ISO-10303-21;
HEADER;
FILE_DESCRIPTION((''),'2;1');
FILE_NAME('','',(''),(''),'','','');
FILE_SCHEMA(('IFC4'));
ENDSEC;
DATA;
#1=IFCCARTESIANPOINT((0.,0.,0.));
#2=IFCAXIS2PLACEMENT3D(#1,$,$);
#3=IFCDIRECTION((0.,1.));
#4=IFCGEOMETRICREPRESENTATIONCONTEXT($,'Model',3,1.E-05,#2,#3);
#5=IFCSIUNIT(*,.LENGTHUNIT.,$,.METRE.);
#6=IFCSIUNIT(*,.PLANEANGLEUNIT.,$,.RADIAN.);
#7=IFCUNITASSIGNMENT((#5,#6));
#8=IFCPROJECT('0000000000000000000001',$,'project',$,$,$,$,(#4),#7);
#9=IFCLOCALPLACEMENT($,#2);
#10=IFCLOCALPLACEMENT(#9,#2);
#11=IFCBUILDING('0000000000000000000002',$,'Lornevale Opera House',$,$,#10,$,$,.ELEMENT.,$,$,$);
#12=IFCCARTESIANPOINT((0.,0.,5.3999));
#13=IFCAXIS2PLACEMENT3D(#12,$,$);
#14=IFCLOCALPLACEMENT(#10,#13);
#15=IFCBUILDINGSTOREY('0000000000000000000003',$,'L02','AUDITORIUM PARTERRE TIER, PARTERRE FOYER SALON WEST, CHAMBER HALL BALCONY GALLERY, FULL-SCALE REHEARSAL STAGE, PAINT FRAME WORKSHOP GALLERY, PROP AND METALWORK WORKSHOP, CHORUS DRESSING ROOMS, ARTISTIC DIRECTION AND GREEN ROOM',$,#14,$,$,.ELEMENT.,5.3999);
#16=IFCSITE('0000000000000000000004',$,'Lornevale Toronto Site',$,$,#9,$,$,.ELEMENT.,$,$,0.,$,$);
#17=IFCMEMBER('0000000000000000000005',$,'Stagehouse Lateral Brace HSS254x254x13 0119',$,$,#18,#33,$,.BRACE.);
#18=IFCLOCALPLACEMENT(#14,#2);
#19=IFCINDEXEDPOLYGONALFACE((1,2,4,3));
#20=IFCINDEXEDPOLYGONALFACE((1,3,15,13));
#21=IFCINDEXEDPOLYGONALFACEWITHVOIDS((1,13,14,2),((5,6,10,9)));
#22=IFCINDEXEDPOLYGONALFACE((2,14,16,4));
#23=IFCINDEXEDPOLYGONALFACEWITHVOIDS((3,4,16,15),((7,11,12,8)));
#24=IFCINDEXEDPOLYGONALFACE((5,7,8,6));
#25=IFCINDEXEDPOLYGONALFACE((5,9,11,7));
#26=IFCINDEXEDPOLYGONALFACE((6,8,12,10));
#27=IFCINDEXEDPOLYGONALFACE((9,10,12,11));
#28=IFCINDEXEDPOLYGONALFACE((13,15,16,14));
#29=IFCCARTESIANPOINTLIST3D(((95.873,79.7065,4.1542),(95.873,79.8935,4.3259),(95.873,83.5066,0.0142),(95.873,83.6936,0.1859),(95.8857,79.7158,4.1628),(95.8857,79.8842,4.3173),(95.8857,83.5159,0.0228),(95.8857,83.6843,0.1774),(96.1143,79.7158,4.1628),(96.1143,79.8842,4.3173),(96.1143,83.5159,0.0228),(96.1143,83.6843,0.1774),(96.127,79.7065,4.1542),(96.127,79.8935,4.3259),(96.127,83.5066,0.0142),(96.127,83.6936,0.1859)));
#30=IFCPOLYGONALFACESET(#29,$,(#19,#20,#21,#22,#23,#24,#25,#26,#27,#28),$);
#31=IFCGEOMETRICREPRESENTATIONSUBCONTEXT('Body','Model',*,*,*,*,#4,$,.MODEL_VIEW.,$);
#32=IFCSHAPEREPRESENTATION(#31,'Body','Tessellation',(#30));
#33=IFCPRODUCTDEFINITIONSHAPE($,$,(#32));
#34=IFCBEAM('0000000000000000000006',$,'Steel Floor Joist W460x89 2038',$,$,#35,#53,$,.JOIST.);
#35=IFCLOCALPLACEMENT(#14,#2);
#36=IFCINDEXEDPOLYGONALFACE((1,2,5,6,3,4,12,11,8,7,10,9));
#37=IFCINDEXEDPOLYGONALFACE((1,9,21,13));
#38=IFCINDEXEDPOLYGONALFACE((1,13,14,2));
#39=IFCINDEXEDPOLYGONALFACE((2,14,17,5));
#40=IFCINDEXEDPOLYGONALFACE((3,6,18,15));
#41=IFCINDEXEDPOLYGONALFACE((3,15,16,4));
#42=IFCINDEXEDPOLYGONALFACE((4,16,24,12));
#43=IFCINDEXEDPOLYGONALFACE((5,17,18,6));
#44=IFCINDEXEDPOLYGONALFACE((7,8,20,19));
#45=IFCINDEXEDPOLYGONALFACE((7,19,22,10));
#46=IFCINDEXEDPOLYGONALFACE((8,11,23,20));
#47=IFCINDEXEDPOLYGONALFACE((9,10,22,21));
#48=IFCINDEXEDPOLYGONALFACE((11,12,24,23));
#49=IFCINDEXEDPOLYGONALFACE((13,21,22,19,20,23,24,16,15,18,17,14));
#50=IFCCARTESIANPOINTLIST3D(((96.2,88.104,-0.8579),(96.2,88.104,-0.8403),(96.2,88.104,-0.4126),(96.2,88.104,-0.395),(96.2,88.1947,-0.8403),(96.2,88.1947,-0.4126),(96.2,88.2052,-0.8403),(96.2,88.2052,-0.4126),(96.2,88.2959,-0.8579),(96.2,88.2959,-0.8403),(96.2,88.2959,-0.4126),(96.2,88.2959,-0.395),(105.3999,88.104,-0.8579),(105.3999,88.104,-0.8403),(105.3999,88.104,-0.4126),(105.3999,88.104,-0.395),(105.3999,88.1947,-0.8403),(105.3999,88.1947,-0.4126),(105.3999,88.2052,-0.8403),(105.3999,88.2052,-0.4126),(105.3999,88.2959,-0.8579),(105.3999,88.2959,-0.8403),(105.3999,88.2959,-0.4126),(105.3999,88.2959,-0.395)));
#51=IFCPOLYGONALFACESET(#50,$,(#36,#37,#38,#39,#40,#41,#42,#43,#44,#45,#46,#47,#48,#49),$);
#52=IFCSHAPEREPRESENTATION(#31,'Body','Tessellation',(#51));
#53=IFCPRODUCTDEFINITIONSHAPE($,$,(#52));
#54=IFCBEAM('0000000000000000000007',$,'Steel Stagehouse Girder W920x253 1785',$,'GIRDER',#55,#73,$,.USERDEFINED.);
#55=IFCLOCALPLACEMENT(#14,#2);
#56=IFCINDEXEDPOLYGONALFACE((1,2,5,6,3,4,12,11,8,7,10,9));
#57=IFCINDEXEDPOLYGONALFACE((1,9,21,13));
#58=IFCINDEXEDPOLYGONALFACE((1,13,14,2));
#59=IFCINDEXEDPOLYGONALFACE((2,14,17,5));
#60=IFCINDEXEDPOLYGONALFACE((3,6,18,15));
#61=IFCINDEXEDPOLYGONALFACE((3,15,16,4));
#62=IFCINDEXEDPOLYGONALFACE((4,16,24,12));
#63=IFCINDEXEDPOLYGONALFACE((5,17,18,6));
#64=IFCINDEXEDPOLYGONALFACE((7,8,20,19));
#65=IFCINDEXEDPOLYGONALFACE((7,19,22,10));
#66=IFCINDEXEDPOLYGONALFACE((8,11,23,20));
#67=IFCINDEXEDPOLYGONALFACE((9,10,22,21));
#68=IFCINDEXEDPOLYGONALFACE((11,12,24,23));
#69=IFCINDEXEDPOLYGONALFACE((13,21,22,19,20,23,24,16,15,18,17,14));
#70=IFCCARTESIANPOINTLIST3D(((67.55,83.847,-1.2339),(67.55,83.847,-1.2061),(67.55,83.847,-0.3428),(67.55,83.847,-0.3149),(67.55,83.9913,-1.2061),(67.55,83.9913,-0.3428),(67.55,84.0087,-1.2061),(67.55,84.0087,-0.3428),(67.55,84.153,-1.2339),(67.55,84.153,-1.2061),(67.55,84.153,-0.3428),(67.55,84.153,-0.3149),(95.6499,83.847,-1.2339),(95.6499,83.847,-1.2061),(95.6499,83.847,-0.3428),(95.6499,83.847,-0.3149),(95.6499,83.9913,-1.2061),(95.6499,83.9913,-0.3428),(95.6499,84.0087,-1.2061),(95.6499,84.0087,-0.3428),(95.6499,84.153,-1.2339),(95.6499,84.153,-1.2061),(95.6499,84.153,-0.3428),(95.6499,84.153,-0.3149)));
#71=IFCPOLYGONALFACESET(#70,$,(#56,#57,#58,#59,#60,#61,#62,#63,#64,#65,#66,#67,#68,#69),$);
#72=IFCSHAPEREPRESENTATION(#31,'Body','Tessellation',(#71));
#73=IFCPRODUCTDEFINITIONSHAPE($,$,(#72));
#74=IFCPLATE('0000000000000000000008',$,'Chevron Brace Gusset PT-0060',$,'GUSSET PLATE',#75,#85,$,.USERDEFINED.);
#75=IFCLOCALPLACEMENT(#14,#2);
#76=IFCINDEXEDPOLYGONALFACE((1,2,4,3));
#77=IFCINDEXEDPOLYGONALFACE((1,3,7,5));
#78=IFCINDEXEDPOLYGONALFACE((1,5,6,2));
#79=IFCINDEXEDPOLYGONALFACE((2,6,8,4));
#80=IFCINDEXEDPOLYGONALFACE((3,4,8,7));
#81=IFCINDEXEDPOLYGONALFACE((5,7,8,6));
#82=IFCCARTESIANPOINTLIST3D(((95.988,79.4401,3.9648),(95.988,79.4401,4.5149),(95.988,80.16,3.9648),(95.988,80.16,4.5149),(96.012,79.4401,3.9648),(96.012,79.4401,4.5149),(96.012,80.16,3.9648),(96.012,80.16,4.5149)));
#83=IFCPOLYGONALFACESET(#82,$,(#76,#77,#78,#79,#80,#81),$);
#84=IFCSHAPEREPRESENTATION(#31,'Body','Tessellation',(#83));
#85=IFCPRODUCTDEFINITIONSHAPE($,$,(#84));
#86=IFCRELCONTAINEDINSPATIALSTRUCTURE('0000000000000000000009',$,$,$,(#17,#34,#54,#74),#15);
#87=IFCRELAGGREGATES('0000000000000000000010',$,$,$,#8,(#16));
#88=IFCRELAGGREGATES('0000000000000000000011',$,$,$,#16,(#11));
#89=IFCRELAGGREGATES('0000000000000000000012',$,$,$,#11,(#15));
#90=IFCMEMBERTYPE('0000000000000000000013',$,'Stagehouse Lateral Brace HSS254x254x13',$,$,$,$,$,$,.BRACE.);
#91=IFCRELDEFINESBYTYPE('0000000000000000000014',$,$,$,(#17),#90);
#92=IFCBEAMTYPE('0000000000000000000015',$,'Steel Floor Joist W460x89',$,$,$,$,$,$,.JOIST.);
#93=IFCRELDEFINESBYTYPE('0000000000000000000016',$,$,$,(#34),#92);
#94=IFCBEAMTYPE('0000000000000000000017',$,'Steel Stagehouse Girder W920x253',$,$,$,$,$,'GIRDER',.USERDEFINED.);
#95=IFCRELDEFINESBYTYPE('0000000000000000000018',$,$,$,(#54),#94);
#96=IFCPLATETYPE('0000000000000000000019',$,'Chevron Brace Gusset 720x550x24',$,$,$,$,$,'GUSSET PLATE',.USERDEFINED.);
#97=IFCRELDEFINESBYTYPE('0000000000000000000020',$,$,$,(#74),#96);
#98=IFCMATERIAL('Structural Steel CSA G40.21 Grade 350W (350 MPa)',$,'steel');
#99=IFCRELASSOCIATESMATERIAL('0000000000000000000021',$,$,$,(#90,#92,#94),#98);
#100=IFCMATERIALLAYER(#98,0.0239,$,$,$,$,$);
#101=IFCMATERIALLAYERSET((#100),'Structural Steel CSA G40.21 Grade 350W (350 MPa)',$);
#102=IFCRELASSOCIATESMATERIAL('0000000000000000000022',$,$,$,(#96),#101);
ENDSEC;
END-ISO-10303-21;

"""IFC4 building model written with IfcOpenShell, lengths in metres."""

from ifc_helpers import new_model, si_unit, direction, frame, origin, origin_2d, place, context, subcontext, project, spatial, rectangle, hollow_rectangle, i_section, extrude, material, layer, layer_set, material_profile, profile_set, type_object, element, save


model = new_model("IFC4")

# Units and contexts
model_context = context("Model", 3, precision=1e-05, world=origin(), true_north=direction((0.0, 1.0)))
body_context = subcontext(model_context, "Body", "Model", "MODEL_VIEW")
ifc_project = project(units=[si_unit("LENGTHUNIT", "METRE"), si_unit("PLANEANGLEUNIT", "RADIAN")], contexts=[model_context])

# Site, building, storey
site_placement = place(None, origin())
site = spatial("IfcSite", under=ifc_project, at=site_placement, Name="Lornevale Toronto Site", CompositionType="ELEMENT", RefElevation=0.0)
building_placement = place(site_placement, origin())
building = spatial("IfcBuilding", under=site, at=building_placement, Name="Lornevale Opera House", CompositionType="ELEMENT")
storey_placement = place(building_placement, frame((0.0, 0.0, 5.3999)))
storey = spatial("IfcBuildingStorey", under=building, at=storey_placement, Name="L02", Description="AUDITORIUM PARTERRE TIER, PARTERRE FOYER SALON WEST, CHAMBER HALL BALCONY GALLERY, FULL-SCALE REHEARSAL STAGE, PAINT FRAME WORKSHOP GALLERY, PROP AND METALWORK WORKSHOP, CHORUS DRESSING ROOMS, ARTISTIC DIRECTION AND GREEN ROOM", CompositionType="ELEMENT", Elevation=5.3999)

# Shared definitions
ifc_material_1 = material(Name="Structural Steel CSA G40.21 Grade 350W (350 MPa)", Category="steel")

# Member
ifc_material_profile_1 = material_profile(ifc_material_1, hollow_rectangle(XDim=0.2539, YDim=0.2539, WallThickness=0.0127, at=origin_2d()), Name="HSS254x254x13")
ifc_profile_set_1 = profile_set([ifc_material_profile_1], Name="Structural Steel CSA G40.21 Grade 350W (350 MPa)")
member_type = type_object("IfcMemberType", Name="Stagehouse Lateral Brace HSS254x254x13", PredefinedType="BRACE", material=ifc_profile_set_1)
for number, where, z_axis, x_axis, name in (
    (1, (96.0, 83.6001, 0.1001), (0.0, -0.676222, 0.736698), (1.0, 0.0, 0.0), "Stagehouse Lateral Brace HSS254x254x13 0119"),
):
    element("IfcMember", number, at=place(storey_placement, frame(where, z_axis=z_axis, x_axis=x_axis)), inside=storey, type_object=member_type, Name=name, PredefinedType="BRACE", context=body_context, shape_type="SweptSolid", body=[
        extrude(hollow_rectangle(XDim=0.2539, YDim=0.2539, WallThickness=0.0127, at=origin_2d()), origin(), (0.0, 0.0, 1.0), 5.6196),
    ])

# Beams
ifc_material_profile_2 = material_profile(ifc_material_1, i_section(OverallWidth=0.1919, OverallDepth=0.4629, WebThickness=0.0105, FlangeThickness=0.0176, at=origin_2d()), Name="W460x89")
ifc_profile_set_2 = profile_set([ifc_material_profile_2], Name="Structural Steel CSA G40.21 Grade 350W (350 MPa)")
beam_type_1 = type_object("IfcBeamType", Name="Steel Floor Joist W460x89", PredefinedType="JOIST", material=ifc_profile_set_2)
beam_1_placement = place(storey_placement, frame((96.2, 88.2, -0.6265), z_axis=(1.0, 0.0, 0.0), x_axis=(0.0, 1.0, 0.0)))
element("IfcBeam", 2, at=beam_1_placement, inside=storey, type_object=beam_type_1, Name="Steel Floor Joist W460x89 2038", PredefinedType="JOIST", context=body_context, shape_type="SweptSolid", body=[
    extrude(i_section(OverallWidth=0.1919, OverallDepth=0.4629, WebThickness=0.0105, FlangeThickness=0.0176, at=origin_2d()), origin(), (0.0, 0.0, 1.0), 9.2),
])
ifc_material_profile_3 = material_profile(ifc_material_1, i_section(OverallWidth=0.3059, OverallDepth=0.9189, WebThickness=0.0173, FlangeThickness=0.0278, at=origin_2d()), Name="W920x253")
ifc_profile_set_3 = profile_set([ifc_material_profile_3], Name="Structural Steel CSA G40.21 Grade 350W (350 MPa)")
beam_type_2 = type_object("IfcBeamType", Name="Steel Stagehouse Girder W920x253", ElementType="GIRDER", PredefinedType="USERDEFINED", material=ifc_profile_set_3)
beam_2_placement = place(storey_placement, frame((67.55, 84.0, -0.7744), z_axis=(1.0, 0.0, 0.0), x_axis=(0.0, 1.0, 0.0)))
element("IfcBeam", 3, at=beam_2_placement, inside=storey, type_object=beam_type_2, Name="Steel Stagehouse Girder W920x253 1785", ObjectType="GIRDER", PredefinedType="USERDEFINED", context=body_context, shape_type="SweptSolid", body=[
    extrude(i_section(OverallWidth=0.3059, OverallDepth=0.9189, WebThickness=0.0173, FlangeThickness=0.0278, at=origin_2d()), origin(), (0.0, 0.0, 1.0), 28.0999),
])

# Plate
ifc_layer_1 = layer(ifc_material_1, 0.0239)
ifc_layer_set_1 = layer_set([ifc_layer_1], Name="Structural Steel CSA G40.21 Grade 350W (350 MPa)")
plate_type = type_object("IfcPlateType", Name="Chevron Brace Gusset 720x550x24", ElementType="GUSSET PLATE", PredefinedType="USERDEFINED", material=ifc_layer_set_1)
plate_placement = place(storey_placement, frame((96.0, 79.8, 3.9648), z_axis=(0.0, 0.0, 1.0), x_axis=(0.0, 1.0, 0.0)))
element("IfcPlate", 4, at=plate_placement, inside=storey, type_object=plate_type, Name="Chevron Brace Gusset PT-0060", ObjectType="GUSSET PLATE", PredefinedType="USERDEFINED", context=body_context, shape_type="SweptSolid", body=[
    extrude(rectangle(XDim=0.72, YDim=0.0239, at=origin_2d()), origin(), (0.0, 0.0, 1.0), 0.55),
])

save(model, "model.ifc")
